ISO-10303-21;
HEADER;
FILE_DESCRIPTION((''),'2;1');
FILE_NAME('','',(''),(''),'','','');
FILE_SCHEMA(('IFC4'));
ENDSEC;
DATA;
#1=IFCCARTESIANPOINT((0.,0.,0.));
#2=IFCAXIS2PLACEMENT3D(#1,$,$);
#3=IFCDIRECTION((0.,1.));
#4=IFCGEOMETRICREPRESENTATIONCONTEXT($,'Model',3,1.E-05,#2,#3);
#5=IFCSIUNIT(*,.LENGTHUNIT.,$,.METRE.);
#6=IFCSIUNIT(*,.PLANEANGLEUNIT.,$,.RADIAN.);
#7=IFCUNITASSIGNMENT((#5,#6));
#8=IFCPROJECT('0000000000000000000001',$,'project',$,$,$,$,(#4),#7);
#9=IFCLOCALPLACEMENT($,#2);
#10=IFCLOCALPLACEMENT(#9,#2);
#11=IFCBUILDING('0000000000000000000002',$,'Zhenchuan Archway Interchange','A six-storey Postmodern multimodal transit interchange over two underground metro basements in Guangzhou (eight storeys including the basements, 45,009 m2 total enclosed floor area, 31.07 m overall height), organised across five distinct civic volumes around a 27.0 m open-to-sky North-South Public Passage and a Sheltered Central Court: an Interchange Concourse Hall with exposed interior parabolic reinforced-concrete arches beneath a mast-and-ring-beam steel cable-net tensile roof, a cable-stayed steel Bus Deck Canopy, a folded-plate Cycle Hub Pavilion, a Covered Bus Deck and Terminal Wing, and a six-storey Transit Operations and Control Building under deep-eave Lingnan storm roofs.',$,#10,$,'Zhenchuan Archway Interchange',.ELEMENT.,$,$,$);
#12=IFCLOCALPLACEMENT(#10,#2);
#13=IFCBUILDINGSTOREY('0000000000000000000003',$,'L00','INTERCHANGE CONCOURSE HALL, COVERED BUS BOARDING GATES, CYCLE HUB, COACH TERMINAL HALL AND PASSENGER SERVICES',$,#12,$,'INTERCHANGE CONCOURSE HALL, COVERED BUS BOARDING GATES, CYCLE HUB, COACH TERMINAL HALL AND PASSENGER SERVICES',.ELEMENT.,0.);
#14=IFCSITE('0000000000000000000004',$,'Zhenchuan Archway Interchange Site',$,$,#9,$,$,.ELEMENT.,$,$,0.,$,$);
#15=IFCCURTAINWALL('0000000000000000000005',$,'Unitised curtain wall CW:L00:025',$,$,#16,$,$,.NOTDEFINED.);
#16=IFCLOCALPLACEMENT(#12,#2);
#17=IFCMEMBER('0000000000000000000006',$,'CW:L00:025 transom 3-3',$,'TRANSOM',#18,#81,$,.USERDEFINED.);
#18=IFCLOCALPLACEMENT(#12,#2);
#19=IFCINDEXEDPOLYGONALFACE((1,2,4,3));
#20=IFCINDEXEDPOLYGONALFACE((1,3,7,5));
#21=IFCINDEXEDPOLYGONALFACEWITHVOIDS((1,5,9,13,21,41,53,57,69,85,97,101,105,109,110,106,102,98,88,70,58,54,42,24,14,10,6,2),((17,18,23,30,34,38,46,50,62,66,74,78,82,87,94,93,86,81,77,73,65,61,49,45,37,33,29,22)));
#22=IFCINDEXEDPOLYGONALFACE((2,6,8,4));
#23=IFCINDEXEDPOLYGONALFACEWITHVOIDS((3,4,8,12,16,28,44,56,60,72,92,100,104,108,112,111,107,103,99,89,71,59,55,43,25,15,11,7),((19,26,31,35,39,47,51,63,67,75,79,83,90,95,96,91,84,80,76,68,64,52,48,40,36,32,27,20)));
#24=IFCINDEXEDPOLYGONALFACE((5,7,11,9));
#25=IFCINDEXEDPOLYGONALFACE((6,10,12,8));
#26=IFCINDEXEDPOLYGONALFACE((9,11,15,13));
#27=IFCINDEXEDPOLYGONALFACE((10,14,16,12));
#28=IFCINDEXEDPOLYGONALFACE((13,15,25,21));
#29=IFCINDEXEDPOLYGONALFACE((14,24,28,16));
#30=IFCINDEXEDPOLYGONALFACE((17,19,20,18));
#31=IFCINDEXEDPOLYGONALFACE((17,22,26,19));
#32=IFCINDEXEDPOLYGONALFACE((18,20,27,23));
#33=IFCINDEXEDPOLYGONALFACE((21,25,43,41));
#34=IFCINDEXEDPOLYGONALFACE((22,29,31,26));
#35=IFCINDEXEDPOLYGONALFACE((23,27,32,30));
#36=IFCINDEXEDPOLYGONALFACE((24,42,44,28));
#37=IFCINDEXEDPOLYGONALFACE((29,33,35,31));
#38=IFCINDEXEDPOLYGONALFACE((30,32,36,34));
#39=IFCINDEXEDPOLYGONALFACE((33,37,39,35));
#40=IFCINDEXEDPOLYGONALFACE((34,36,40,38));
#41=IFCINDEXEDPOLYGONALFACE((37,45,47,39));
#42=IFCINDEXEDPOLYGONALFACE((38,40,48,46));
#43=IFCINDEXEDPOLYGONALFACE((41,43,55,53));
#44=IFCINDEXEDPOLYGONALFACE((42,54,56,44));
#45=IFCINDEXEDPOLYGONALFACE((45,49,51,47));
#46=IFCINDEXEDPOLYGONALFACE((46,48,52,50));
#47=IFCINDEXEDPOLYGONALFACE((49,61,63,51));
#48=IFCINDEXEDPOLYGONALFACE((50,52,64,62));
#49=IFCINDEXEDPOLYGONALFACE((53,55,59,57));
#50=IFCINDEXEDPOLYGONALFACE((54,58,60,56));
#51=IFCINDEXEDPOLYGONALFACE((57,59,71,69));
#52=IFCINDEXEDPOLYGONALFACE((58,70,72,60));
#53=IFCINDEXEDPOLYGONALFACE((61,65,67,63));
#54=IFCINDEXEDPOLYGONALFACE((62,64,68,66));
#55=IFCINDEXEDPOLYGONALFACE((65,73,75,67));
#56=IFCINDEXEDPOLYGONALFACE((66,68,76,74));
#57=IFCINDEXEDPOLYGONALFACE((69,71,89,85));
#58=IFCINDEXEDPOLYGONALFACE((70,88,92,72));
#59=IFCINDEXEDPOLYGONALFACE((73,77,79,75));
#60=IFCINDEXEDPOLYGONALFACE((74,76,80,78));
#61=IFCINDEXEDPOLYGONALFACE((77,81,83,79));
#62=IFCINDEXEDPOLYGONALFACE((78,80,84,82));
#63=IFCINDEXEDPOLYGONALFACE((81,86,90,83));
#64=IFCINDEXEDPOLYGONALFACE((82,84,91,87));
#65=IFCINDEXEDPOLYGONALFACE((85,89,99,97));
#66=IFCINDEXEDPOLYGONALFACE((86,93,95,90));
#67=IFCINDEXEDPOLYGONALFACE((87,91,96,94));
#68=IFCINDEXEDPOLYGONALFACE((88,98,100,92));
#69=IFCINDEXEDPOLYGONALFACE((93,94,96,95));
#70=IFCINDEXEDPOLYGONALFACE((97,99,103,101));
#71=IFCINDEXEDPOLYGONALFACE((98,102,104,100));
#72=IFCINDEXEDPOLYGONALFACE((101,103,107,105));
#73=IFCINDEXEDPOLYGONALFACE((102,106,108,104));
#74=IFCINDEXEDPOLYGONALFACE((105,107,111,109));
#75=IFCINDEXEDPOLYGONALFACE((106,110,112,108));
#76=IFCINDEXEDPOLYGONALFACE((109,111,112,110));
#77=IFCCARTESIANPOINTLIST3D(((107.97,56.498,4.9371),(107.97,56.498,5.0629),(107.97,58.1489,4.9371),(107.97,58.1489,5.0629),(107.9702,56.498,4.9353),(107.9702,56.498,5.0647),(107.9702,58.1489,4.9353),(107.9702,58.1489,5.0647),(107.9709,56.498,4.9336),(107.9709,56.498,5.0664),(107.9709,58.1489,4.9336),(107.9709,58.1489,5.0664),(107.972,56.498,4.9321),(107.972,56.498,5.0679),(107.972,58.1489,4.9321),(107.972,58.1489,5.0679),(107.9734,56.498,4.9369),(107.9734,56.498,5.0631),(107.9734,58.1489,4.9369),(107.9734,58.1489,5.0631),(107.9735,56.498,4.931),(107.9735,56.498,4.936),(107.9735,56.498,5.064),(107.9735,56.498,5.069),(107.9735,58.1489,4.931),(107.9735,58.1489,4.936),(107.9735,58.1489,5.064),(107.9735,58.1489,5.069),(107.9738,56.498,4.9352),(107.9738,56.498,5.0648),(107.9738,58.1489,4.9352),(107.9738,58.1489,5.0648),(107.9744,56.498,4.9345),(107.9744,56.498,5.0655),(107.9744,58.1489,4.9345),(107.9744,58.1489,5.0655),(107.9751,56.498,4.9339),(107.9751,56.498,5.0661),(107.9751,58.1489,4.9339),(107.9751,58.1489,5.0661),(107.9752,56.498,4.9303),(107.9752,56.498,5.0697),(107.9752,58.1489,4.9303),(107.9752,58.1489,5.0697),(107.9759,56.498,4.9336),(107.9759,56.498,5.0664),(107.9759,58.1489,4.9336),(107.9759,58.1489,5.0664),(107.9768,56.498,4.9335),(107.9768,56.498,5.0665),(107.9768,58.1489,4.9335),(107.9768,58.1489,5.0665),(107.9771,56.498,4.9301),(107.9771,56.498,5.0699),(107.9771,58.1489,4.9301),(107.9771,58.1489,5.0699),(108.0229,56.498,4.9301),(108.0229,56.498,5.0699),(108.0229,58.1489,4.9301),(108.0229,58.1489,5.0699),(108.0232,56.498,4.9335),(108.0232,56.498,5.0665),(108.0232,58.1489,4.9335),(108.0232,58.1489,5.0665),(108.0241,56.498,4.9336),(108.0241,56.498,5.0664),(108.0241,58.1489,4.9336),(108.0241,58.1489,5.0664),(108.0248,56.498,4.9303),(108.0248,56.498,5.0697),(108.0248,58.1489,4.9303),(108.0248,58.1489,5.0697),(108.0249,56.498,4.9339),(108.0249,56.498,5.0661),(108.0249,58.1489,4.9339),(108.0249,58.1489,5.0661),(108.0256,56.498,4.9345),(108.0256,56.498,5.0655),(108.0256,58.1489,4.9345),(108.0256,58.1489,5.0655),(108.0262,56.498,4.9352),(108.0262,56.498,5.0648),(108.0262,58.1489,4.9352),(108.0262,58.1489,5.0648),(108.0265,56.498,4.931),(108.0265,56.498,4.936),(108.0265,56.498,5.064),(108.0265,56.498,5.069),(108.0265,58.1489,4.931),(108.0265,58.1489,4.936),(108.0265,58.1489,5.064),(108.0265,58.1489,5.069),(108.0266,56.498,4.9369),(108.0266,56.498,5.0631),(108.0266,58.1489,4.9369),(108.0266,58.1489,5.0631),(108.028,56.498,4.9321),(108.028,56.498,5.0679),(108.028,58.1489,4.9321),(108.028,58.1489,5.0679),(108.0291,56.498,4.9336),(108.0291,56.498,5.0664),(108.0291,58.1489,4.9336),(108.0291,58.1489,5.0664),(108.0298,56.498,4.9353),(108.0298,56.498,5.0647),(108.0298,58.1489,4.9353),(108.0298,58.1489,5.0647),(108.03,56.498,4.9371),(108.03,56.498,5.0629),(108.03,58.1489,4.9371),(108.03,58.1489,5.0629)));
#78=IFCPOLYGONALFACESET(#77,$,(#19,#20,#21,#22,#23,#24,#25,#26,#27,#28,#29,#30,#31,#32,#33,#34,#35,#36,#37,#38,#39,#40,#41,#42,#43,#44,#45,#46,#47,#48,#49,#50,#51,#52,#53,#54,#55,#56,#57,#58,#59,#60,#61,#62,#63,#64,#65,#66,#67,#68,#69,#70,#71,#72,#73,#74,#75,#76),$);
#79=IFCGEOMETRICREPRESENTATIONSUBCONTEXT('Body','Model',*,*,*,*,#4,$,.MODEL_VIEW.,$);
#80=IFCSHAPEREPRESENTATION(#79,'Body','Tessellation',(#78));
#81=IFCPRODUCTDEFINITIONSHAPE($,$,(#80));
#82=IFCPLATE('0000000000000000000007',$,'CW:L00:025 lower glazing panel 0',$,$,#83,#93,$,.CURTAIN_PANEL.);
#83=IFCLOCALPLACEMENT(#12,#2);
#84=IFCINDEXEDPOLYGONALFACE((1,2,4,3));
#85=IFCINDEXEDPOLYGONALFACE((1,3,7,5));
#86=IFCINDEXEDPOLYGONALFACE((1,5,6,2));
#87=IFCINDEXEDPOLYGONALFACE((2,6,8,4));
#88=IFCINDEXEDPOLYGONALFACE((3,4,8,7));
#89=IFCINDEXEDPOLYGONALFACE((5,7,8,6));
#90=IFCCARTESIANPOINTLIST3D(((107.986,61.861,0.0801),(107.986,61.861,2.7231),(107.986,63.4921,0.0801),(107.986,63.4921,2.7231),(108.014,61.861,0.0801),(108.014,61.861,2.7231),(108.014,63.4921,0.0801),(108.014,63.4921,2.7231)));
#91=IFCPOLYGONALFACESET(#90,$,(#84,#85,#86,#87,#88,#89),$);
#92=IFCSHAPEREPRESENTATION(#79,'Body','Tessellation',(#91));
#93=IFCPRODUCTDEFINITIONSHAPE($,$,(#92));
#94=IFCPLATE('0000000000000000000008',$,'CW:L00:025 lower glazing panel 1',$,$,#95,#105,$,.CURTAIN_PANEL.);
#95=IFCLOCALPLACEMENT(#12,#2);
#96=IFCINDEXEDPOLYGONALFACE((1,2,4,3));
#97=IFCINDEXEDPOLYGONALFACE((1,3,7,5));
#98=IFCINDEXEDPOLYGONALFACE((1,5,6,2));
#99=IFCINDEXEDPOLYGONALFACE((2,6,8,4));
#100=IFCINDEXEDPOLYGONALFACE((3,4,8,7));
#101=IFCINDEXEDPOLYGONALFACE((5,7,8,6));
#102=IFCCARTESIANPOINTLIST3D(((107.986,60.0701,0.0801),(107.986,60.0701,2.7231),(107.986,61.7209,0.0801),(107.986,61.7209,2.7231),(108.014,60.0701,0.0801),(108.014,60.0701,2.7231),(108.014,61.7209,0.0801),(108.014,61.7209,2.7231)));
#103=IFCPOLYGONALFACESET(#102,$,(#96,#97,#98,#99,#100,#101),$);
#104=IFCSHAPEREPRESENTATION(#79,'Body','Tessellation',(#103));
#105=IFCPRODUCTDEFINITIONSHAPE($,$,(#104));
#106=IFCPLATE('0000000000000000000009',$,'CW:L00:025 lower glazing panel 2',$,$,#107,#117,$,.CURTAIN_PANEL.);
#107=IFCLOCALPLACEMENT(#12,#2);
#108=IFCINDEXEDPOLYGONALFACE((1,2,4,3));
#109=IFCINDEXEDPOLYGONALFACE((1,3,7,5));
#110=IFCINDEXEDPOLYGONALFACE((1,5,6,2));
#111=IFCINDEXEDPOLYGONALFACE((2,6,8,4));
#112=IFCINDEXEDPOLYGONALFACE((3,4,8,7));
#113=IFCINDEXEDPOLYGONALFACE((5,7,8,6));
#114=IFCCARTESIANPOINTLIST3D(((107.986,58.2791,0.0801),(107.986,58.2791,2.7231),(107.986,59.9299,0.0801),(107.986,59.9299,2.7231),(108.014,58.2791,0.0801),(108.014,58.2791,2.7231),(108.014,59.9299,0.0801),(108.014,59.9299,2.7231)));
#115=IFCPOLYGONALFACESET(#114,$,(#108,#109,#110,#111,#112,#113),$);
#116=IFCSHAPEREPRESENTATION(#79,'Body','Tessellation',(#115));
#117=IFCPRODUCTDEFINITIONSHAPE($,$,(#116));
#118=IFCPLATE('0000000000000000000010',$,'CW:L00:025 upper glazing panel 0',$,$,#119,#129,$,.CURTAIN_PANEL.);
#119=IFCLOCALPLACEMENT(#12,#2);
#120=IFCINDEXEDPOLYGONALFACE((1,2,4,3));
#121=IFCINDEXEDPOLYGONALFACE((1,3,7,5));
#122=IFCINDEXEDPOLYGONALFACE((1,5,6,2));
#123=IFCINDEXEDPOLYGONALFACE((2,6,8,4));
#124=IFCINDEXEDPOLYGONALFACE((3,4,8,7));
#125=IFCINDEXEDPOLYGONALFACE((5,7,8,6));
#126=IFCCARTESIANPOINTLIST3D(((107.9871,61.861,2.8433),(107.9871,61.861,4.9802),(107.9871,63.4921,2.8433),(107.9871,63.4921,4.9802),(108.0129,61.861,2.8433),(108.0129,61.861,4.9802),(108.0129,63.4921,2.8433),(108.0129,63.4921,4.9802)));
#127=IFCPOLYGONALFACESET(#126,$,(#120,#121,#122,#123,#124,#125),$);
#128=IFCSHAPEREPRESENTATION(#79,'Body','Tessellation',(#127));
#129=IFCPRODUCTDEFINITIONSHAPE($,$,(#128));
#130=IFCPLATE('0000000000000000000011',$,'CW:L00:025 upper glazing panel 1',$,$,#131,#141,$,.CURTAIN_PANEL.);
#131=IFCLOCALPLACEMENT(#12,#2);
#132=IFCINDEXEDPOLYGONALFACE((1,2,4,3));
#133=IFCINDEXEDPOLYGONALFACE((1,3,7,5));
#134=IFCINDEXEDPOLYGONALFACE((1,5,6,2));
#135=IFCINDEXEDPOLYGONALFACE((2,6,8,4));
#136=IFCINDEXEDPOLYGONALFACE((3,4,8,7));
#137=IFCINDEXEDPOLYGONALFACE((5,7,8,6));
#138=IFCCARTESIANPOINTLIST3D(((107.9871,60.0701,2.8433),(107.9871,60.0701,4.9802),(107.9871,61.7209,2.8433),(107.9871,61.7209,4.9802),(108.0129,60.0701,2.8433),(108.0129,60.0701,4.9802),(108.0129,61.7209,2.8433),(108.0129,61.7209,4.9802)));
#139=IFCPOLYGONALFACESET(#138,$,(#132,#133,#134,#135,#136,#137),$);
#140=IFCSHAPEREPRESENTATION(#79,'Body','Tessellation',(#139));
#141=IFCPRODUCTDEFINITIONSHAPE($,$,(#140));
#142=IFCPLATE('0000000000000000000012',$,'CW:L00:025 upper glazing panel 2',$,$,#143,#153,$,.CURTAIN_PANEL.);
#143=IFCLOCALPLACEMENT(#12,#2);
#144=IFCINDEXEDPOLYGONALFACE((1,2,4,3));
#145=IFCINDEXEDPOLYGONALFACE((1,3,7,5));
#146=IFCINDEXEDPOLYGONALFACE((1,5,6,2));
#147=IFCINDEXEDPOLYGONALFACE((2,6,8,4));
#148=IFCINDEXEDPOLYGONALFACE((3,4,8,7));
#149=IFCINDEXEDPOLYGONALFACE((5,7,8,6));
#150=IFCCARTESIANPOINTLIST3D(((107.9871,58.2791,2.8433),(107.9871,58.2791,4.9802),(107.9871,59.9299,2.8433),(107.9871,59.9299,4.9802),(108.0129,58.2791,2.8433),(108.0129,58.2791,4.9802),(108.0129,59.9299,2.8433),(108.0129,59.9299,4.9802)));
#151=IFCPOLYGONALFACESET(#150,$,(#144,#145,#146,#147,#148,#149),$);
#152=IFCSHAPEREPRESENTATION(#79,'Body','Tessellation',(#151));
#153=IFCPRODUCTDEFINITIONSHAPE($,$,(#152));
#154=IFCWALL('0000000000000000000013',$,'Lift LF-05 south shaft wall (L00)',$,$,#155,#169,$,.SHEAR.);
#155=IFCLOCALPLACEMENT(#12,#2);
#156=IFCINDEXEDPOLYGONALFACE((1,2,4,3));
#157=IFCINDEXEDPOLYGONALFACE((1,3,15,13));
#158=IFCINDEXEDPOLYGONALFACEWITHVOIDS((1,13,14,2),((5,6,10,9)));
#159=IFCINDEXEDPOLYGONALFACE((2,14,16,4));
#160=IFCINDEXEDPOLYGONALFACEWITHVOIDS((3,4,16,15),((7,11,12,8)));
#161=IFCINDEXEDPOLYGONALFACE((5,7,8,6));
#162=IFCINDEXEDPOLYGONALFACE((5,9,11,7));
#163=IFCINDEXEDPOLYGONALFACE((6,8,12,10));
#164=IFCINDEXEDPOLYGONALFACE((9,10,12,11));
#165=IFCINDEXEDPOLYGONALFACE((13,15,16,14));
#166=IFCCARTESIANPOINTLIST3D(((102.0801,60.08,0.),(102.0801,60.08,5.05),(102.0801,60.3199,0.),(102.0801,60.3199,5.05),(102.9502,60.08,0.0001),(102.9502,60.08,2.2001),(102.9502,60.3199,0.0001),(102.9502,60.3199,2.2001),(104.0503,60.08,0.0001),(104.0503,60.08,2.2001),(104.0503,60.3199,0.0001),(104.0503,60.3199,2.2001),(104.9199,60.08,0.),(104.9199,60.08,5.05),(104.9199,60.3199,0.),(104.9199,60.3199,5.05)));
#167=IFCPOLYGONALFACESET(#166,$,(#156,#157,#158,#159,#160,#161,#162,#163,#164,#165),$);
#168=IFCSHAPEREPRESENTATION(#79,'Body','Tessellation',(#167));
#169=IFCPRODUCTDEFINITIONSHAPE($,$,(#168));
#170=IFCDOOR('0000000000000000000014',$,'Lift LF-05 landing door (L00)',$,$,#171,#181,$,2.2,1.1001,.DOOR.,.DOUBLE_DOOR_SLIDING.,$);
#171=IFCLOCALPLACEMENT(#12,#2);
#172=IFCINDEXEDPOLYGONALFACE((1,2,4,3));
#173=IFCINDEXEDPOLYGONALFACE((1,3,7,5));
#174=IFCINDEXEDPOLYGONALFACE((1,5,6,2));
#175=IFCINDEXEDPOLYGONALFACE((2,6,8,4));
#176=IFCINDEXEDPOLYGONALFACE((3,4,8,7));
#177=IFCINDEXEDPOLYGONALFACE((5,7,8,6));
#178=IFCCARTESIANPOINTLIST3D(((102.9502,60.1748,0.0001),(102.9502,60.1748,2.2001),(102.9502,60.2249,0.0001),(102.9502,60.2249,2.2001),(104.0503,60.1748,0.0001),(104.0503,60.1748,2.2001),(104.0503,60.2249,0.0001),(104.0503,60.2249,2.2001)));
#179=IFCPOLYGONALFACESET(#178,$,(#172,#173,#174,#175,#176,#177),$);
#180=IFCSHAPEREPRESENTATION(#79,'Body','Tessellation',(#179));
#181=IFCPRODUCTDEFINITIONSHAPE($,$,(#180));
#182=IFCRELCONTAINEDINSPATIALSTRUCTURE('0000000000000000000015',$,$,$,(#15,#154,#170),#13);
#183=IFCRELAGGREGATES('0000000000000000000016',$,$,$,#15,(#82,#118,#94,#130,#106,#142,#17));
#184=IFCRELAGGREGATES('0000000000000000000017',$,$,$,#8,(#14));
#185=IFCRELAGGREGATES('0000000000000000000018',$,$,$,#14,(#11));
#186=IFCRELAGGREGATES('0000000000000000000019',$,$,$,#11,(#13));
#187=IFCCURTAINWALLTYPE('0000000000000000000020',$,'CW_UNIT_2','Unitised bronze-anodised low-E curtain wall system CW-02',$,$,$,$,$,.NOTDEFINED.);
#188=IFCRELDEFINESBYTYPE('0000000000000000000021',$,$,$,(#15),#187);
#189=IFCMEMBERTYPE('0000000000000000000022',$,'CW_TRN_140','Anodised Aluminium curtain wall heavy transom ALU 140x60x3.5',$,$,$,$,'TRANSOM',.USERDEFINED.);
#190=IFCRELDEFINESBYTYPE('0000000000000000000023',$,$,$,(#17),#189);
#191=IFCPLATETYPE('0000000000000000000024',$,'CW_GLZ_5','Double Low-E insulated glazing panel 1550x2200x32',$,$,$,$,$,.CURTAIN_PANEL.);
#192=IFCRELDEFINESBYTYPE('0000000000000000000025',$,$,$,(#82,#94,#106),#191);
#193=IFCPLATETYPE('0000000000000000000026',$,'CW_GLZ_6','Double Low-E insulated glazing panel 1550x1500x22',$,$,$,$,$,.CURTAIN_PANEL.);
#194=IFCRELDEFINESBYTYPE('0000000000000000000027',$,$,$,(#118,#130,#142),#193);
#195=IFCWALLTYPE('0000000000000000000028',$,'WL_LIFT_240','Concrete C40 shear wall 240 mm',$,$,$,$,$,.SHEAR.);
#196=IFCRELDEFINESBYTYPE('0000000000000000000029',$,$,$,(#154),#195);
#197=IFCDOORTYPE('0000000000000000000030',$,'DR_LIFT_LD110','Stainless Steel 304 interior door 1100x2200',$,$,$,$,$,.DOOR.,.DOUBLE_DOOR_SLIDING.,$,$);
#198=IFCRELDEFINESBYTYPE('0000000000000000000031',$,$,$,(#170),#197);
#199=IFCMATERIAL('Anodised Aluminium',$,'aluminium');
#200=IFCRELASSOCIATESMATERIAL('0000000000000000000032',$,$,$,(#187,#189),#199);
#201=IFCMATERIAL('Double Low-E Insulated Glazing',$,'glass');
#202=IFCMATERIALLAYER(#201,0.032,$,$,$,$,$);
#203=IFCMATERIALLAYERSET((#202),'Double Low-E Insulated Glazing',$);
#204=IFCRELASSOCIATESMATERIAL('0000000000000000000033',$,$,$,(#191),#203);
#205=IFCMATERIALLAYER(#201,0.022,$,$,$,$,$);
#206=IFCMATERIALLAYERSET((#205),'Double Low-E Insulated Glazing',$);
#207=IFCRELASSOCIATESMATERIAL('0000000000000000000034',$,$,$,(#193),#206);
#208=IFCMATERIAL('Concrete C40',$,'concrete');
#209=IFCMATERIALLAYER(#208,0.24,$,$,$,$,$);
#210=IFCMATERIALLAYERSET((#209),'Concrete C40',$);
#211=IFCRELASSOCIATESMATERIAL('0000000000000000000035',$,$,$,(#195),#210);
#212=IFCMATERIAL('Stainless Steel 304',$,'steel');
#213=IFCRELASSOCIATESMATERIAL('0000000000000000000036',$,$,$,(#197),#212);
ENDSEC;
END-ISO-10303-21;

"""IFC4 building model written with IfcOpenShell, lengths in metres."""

from ifc_helpers import new_model, si_unit, direction, frame, frame_2d, origin, origin_2d, place, context, subcontext, project, spatial, rectangle, hollow_rectangle, extrude, material, layer, layer_set, material_profile, profile_set, type_object, element, fill, aggregate, save


model = new_model("IFC4")

# Units and contexts
model_context = context("Model", 3, precision=1e-05, world=origin(), true_north=direction((0.0, 1.0)))
body_context = subcontext(model_context, "Body", "Model", "MODEL_VIEW")
ifc_project = project(units=[si_unit("LENGTHUNIT", "METRE"), si_unit("PLANEANGLEUNIT", "RADIAN")], contexts=[model_context])

# Site, building, storey
site_placement = place(None, origin())
site = spatial("IfcSite", under=ifc_project, at=site_placement, Name="Zhenchuan Archway Interchange Site", CompositionType="ELEMENT", RefElevation=0.0)
building_placement = place(site_placement, origin())
building = spatial("IfcBuilding", under=site, at=building_placement, Name="Zhenchuan Archway Interchange", Description="A six-storey Postmodern multimodal transit interchange over two underground metro basements in Guangzhou (eight storeys including the basements, 45,009 m2 total enclosed floor area, 31.07 m overall height), organised across five distinct civic volumes around a 27.0 m open-to-sky North-South Public Passage and a Sheltered Central Court: an Interchange Concourse Hall with exposed interior parabolic reinforced-concrete arches beneath a mast-and-ring-beam steel cable-net tensile roof, a cable-stayed steel Bus Deck Canopy, a folded-plate Cycle Hub Pavilion, a Covered Bus Deck and Terminal Wing, and a six-storey Transit Operations and Control Building under deep-eave Lingnan storm roofs.", LongName="Zhenchuan Archway Interchange", CompositionType="ELEMENT")
storey_placement = place(building_placement, origin())
storey = spatial("IfcBuildingStorey", under=building, at=storey_placement, Name="L00", Description="INTERCHANGE CONCOURSE HALL, COVERED BUS BOARDING GATES, CYCLE HUB, COACH TERMINAL HALL AND PASSENGER SERVICES", LongName="INTERCHANGE CONCOURSE HALL, COVERED BUS BOARDING GATES, CYCLE HUB, COACH TERMINAL HALL AND PASSENGER SERVICES", CompositionType="ELEMENT", Elevation=0.0)

# Curtain wall, member, plates
ifc_material_1 = material(Name="Anodised Aluminium", Category="aluminium")
curtain_wall_type = type_object("IfcCurtainWallType", Name="CW_UNIT_2", Description="Unitised bronze-anodised low-E curtain wall system CW-02", PredefinedType="NOTDEFINED", material=ifc_material_1)
curtain_wall_placement = place(storey_placement, origin())
curtain_wall = element("IfcCurtainWall", 1, at=curtain_wall_placement, inside=storey, type_object=curtain_wall_type, Name="Unitised curtain wall CW:L00:025", PredefinedType="NOTDEFINED")
ifc_material_profile_1 = material_profile(ifc_material_1, hollow_rectangle(XDim=0.0601, YDim=0.1399, WallThickness=0.0034, InnerFilletRadius=0.0034, OuterFilletRadius=0.0071, at=origin_2d()), Name="ALU 140x60x3.5")
ifc_profile_set_1 = profile_set([ifc_material_profile_1], Name="Anodised Aluminium")
member_type_1 = type_object("IfcMemberType", Name="CW_TRN_140", Description="Anodised Aluminium curtain wall heavy transom ALU 140x60x3.5", ElementType="TRANSOM", PredefinedType="USERDEFINED", material=ifc_profile_set_1)
member_1_placement = place(storey_placement, frame((108.0, 58.1489, 5.0), z_axis=(0.0, -1.0, 0.0), x_axis=(1.0, 0.0, 0.0)))
member_1 = element("IfcMember", 2, at=member_1_placement, type_object=member_type_1, Name="CW:L00:025 transom 3-3", ObjectType="TRANSOM", PredefinedType="USERDEFINED", context=body_context, shape_type="SweptSolid", body=[
    extrude(hollow_rectangle(XDim=0.0601, YDim=0.1399, WallThickness=0.0034, InnerFilletRadius=0.0034, OuterFilletRadius=0.0071, at=origin_2d()), origin(), (0.0, 0.0, 1.0), 1.6509),
])
ifc_material_2 = material(Name="Double Low-E Insulated Glazing", Category="glass")
ifc_layer_1 = layer(ifc_material_2, 0.032)
ifc_layer_set_1 = layer_set([ifc_layer_1], Name="Double Low-E Insulated Glazing")
plate_type_1 = type_object("IfcPlateType", Name="CW_GLZ_5", Description="Double Low-E insulated glazing panel 1550x2200x32", PredefinedType="CURTAIN_PANEL", material=ifc_layer_set_1)
plate_1_placement = place(storey_placement, frame((108.0, 62.6765, 0.0801), z_axis=(0.0, 0.0, 1.0), x_axis=(0.0, -1.0, 0.0)))
plate_1 = element("IfcPlate", 3, at=plate_1_placement, type_object=plate_type_1, Name="CW:L00:025 lower glazing panel 0", PredefinedType="CURTAIN_PANEL", context=body_context, shape_type="SweptSolid", body=[
    extrude(rectangle(XDim=1.6311, YDim=0.0281, at=origin_2d()), origin(), (0.0, 0.0, 1.0), 2.6431),
])
plate_2_placement = place(storey_placement, frame((108.0, 60.8955, 0.0801), z_axis=(0.0, 0.0, 1.0), x_axis=(0.0, -1.0, 0.0)))
plate_2 = element("IfcPlate", 4, at=plate_2_placement, type_object=plate_type_1, Name="CW:L00:025 lower glazing panel 1", PredefinedType="CURTAIN_PANEL", context=body_context, shape_type="SweptSolid", body=[
    extrude(rectangle(XDim=1.6509, YDim=0.0281, at=origin_2d()), origin(), (0.0, 0.0, 1.0), 2.6431),
])
plate_3_placement = place(storey_placement, frame((108.0, 59.1045, 0.0801), z_axis=(0.0, 0.0, 1.0), x_axis=(0.0, -1.0, 0.0)))
plate_3 = element("IfcPlate", 5, at=plate_3_placement, type_object=plate_type_1, Name="CW:L00:025 lower glazing panel 2", PredefinedType="CURTAIN_PANEL", context=body_context, shape_type="SweptSolid", body=[
    extrude(rectangle(XDim=1.6509, YDim=0.0281, at=origin_2d()), origin(), (0.0, 0.0, 1.0), 2.6431),
])
ifc_layer_2 = layer(ifc_material_2, 0.022)
ifc_layer_set_2 = layer_set([ifc_layer_2], Name="Double Low-E Insulated Glazing")
plate_type_2 = type_object("IfcPlateType", Name="CW_GLZ_6", Description="Double Low-E insulated glazing panel 1550x1500x22", PredefinedType="CURTAIN_PANEL", material=ifc_layer_set_2)
plate_4_placement = place(storey_placement, frame((108.0, 62.6765, 2.8433), z_axis=(0.0, 0.0, 1.0), x_axis=(0.0, -1.0, 0.0)))
plate_4 = element("IfcPlate", 6, at=plate_4_placement, type_object=plate_type_2, Name="CW:L00:025 upper glazing panel 0", PredefinedType="CURTAIN_PANEL", context=body_context, shape_type="SweptSolid", body=[
    extrude(rectangle(XDim=1.6311, YDim=0.0259, at=origin_2d()), origin(), (0.0, 0.0, 1.0), 2.137),
])
plate_5_placement = place(storey_placement, frame((108.0, 60.8955, 2.8433), z_axis=(0.0, 0.0, 1.0), x_axis=(0.0, -1.0, 0.0)))
plate_5 = element("IfcPlate", 7, at=plate_5_placement, type_object=plate_type_2, Name="CW:L00:025 upper glazing panel 1", PredefinedType="CURTAIN_PANEL", context=body_context, shape_type="SweptSolid", body=[
    extrude(rectangle(XDim=1.6509, YDim=0.0259, at=origin_2d()), origin(), (0.0, 0.0, 1.0), 2.137),
])
plate_6_placement = place(storey_placement, frame((108.0, 59.1045, 2.8433), z_axis=(0.0, 0.0, 1.0), x_axis=(0.0, -1.0, 0.0)))
plate_6 = element("IfcPlate", 8, at=plate_6_placement, type_object=plate_type_2, Name="CW:L00:025 upper glazing panel 2", PredefinedType="CURTAIN_PANEL", context=body_context, shape_type="SweptSolid", body=[
    extrude(rectangle(XDim=1.6509, YDim=0.0259, at=origin_2d()), origin(), (0.0, 0.0, 1.0), 2.137),
])
aggregate(curtain_wall, [plate_1, plate_4, plate_2, plate_5, plate_3, plate_6, member_1])

# Wall, opening, door
ifc_material_3 = material(Name="Concrete C40", Category="concrete")
ifc_layer_3 = layer(ifc_material_3, 0.24)
ifc_layer_set_3 = layer_set([ifc_layer_3], Name="Concrete C40")
wall_type = type_object("IfcWallType", Name="WL_LIFT_240", Description="Concrete C40 shear wall 240 mm", PredefinedType="SHEAR", material=ifc_layer_set_3)
wall_1_placement = place(storey_placement, frame((102.0801, 60.2, 0.0), z_axis=(0.0, 0.0, 1.0), x_axis=(1.0, 0.0, 0.0)))
wall_1 = element("IfcWall", 9, at=wall_1_placement, inside=storey, type_object=wall_type, Name="Lift LF-05 south shaft wall (L00)", PredefinedType="SHEAR", context=body_context, shape_type="SweptSolid", body=[
    extrude(rectangle(XDim=2.8398, YDim=0.24, at=frame_2d((1.4199, 0.0))), origin(), (0.0, 0.0, 1.0), 5.05),
])
opening_placement = place(wall_1_placement, frame((0.8701, 0.0, 0.0)))
opening = element("IfcOpeningElement", 10, at=opening_placement, cuts=wall_1, PredefinedType="OPENING", context=body_context, shape_type="SweptSolid", body=[
    extrude(rectangle(XDim=1.1001, YDim=2.2, at=frame_2d((0.55, 1.1001))), frame((0.0, 0.1318, 0.0), z_axis=(0.0, -1.0, 0.0), x_axis=(1.0, 0.0, 0.0)), (0.0, 0.0, 1.0), 0.2639),
])
ifc_material_4 = material(Name="Stainless Steel 304", Category="steel")
door_type = type_object("IfcDoorType", Name="DR_LIFT_LD110", Description="Stainless Steel 304 interior door 1100x2200", OperationType="DOUBLE_DOOR_SLIDING", PredefinedType="DOOR", material=ifc_material_4)
door_placement = place(opening_placement, origin())
door = element("IfcDoor", 11, at=door_placement, inside=storey, type_object=door_type, Name="Lift LF-05 landing door (L00)", OperationType="DOUBLE_DOOR_SLIDING", OverallHeight=2.2, OverallWidth=1.1001, PredefinedType="DOOR", context=body_context, shape_type="SweptSolid", body=[
    extrude(rectangle(XDim=1.1001, YDim=2.2, at=frame_2d((0.55, 1.1001))), frame((0.0, 0.0249, 0.0), z_axis=(0.0, -1.0, 0.0), x_axis=(1.0, 0.0, 0.0)), (0.0, 0.0, 1.0), 0.05),
])
fill(opening, door)

save(model, "model.ifc")
